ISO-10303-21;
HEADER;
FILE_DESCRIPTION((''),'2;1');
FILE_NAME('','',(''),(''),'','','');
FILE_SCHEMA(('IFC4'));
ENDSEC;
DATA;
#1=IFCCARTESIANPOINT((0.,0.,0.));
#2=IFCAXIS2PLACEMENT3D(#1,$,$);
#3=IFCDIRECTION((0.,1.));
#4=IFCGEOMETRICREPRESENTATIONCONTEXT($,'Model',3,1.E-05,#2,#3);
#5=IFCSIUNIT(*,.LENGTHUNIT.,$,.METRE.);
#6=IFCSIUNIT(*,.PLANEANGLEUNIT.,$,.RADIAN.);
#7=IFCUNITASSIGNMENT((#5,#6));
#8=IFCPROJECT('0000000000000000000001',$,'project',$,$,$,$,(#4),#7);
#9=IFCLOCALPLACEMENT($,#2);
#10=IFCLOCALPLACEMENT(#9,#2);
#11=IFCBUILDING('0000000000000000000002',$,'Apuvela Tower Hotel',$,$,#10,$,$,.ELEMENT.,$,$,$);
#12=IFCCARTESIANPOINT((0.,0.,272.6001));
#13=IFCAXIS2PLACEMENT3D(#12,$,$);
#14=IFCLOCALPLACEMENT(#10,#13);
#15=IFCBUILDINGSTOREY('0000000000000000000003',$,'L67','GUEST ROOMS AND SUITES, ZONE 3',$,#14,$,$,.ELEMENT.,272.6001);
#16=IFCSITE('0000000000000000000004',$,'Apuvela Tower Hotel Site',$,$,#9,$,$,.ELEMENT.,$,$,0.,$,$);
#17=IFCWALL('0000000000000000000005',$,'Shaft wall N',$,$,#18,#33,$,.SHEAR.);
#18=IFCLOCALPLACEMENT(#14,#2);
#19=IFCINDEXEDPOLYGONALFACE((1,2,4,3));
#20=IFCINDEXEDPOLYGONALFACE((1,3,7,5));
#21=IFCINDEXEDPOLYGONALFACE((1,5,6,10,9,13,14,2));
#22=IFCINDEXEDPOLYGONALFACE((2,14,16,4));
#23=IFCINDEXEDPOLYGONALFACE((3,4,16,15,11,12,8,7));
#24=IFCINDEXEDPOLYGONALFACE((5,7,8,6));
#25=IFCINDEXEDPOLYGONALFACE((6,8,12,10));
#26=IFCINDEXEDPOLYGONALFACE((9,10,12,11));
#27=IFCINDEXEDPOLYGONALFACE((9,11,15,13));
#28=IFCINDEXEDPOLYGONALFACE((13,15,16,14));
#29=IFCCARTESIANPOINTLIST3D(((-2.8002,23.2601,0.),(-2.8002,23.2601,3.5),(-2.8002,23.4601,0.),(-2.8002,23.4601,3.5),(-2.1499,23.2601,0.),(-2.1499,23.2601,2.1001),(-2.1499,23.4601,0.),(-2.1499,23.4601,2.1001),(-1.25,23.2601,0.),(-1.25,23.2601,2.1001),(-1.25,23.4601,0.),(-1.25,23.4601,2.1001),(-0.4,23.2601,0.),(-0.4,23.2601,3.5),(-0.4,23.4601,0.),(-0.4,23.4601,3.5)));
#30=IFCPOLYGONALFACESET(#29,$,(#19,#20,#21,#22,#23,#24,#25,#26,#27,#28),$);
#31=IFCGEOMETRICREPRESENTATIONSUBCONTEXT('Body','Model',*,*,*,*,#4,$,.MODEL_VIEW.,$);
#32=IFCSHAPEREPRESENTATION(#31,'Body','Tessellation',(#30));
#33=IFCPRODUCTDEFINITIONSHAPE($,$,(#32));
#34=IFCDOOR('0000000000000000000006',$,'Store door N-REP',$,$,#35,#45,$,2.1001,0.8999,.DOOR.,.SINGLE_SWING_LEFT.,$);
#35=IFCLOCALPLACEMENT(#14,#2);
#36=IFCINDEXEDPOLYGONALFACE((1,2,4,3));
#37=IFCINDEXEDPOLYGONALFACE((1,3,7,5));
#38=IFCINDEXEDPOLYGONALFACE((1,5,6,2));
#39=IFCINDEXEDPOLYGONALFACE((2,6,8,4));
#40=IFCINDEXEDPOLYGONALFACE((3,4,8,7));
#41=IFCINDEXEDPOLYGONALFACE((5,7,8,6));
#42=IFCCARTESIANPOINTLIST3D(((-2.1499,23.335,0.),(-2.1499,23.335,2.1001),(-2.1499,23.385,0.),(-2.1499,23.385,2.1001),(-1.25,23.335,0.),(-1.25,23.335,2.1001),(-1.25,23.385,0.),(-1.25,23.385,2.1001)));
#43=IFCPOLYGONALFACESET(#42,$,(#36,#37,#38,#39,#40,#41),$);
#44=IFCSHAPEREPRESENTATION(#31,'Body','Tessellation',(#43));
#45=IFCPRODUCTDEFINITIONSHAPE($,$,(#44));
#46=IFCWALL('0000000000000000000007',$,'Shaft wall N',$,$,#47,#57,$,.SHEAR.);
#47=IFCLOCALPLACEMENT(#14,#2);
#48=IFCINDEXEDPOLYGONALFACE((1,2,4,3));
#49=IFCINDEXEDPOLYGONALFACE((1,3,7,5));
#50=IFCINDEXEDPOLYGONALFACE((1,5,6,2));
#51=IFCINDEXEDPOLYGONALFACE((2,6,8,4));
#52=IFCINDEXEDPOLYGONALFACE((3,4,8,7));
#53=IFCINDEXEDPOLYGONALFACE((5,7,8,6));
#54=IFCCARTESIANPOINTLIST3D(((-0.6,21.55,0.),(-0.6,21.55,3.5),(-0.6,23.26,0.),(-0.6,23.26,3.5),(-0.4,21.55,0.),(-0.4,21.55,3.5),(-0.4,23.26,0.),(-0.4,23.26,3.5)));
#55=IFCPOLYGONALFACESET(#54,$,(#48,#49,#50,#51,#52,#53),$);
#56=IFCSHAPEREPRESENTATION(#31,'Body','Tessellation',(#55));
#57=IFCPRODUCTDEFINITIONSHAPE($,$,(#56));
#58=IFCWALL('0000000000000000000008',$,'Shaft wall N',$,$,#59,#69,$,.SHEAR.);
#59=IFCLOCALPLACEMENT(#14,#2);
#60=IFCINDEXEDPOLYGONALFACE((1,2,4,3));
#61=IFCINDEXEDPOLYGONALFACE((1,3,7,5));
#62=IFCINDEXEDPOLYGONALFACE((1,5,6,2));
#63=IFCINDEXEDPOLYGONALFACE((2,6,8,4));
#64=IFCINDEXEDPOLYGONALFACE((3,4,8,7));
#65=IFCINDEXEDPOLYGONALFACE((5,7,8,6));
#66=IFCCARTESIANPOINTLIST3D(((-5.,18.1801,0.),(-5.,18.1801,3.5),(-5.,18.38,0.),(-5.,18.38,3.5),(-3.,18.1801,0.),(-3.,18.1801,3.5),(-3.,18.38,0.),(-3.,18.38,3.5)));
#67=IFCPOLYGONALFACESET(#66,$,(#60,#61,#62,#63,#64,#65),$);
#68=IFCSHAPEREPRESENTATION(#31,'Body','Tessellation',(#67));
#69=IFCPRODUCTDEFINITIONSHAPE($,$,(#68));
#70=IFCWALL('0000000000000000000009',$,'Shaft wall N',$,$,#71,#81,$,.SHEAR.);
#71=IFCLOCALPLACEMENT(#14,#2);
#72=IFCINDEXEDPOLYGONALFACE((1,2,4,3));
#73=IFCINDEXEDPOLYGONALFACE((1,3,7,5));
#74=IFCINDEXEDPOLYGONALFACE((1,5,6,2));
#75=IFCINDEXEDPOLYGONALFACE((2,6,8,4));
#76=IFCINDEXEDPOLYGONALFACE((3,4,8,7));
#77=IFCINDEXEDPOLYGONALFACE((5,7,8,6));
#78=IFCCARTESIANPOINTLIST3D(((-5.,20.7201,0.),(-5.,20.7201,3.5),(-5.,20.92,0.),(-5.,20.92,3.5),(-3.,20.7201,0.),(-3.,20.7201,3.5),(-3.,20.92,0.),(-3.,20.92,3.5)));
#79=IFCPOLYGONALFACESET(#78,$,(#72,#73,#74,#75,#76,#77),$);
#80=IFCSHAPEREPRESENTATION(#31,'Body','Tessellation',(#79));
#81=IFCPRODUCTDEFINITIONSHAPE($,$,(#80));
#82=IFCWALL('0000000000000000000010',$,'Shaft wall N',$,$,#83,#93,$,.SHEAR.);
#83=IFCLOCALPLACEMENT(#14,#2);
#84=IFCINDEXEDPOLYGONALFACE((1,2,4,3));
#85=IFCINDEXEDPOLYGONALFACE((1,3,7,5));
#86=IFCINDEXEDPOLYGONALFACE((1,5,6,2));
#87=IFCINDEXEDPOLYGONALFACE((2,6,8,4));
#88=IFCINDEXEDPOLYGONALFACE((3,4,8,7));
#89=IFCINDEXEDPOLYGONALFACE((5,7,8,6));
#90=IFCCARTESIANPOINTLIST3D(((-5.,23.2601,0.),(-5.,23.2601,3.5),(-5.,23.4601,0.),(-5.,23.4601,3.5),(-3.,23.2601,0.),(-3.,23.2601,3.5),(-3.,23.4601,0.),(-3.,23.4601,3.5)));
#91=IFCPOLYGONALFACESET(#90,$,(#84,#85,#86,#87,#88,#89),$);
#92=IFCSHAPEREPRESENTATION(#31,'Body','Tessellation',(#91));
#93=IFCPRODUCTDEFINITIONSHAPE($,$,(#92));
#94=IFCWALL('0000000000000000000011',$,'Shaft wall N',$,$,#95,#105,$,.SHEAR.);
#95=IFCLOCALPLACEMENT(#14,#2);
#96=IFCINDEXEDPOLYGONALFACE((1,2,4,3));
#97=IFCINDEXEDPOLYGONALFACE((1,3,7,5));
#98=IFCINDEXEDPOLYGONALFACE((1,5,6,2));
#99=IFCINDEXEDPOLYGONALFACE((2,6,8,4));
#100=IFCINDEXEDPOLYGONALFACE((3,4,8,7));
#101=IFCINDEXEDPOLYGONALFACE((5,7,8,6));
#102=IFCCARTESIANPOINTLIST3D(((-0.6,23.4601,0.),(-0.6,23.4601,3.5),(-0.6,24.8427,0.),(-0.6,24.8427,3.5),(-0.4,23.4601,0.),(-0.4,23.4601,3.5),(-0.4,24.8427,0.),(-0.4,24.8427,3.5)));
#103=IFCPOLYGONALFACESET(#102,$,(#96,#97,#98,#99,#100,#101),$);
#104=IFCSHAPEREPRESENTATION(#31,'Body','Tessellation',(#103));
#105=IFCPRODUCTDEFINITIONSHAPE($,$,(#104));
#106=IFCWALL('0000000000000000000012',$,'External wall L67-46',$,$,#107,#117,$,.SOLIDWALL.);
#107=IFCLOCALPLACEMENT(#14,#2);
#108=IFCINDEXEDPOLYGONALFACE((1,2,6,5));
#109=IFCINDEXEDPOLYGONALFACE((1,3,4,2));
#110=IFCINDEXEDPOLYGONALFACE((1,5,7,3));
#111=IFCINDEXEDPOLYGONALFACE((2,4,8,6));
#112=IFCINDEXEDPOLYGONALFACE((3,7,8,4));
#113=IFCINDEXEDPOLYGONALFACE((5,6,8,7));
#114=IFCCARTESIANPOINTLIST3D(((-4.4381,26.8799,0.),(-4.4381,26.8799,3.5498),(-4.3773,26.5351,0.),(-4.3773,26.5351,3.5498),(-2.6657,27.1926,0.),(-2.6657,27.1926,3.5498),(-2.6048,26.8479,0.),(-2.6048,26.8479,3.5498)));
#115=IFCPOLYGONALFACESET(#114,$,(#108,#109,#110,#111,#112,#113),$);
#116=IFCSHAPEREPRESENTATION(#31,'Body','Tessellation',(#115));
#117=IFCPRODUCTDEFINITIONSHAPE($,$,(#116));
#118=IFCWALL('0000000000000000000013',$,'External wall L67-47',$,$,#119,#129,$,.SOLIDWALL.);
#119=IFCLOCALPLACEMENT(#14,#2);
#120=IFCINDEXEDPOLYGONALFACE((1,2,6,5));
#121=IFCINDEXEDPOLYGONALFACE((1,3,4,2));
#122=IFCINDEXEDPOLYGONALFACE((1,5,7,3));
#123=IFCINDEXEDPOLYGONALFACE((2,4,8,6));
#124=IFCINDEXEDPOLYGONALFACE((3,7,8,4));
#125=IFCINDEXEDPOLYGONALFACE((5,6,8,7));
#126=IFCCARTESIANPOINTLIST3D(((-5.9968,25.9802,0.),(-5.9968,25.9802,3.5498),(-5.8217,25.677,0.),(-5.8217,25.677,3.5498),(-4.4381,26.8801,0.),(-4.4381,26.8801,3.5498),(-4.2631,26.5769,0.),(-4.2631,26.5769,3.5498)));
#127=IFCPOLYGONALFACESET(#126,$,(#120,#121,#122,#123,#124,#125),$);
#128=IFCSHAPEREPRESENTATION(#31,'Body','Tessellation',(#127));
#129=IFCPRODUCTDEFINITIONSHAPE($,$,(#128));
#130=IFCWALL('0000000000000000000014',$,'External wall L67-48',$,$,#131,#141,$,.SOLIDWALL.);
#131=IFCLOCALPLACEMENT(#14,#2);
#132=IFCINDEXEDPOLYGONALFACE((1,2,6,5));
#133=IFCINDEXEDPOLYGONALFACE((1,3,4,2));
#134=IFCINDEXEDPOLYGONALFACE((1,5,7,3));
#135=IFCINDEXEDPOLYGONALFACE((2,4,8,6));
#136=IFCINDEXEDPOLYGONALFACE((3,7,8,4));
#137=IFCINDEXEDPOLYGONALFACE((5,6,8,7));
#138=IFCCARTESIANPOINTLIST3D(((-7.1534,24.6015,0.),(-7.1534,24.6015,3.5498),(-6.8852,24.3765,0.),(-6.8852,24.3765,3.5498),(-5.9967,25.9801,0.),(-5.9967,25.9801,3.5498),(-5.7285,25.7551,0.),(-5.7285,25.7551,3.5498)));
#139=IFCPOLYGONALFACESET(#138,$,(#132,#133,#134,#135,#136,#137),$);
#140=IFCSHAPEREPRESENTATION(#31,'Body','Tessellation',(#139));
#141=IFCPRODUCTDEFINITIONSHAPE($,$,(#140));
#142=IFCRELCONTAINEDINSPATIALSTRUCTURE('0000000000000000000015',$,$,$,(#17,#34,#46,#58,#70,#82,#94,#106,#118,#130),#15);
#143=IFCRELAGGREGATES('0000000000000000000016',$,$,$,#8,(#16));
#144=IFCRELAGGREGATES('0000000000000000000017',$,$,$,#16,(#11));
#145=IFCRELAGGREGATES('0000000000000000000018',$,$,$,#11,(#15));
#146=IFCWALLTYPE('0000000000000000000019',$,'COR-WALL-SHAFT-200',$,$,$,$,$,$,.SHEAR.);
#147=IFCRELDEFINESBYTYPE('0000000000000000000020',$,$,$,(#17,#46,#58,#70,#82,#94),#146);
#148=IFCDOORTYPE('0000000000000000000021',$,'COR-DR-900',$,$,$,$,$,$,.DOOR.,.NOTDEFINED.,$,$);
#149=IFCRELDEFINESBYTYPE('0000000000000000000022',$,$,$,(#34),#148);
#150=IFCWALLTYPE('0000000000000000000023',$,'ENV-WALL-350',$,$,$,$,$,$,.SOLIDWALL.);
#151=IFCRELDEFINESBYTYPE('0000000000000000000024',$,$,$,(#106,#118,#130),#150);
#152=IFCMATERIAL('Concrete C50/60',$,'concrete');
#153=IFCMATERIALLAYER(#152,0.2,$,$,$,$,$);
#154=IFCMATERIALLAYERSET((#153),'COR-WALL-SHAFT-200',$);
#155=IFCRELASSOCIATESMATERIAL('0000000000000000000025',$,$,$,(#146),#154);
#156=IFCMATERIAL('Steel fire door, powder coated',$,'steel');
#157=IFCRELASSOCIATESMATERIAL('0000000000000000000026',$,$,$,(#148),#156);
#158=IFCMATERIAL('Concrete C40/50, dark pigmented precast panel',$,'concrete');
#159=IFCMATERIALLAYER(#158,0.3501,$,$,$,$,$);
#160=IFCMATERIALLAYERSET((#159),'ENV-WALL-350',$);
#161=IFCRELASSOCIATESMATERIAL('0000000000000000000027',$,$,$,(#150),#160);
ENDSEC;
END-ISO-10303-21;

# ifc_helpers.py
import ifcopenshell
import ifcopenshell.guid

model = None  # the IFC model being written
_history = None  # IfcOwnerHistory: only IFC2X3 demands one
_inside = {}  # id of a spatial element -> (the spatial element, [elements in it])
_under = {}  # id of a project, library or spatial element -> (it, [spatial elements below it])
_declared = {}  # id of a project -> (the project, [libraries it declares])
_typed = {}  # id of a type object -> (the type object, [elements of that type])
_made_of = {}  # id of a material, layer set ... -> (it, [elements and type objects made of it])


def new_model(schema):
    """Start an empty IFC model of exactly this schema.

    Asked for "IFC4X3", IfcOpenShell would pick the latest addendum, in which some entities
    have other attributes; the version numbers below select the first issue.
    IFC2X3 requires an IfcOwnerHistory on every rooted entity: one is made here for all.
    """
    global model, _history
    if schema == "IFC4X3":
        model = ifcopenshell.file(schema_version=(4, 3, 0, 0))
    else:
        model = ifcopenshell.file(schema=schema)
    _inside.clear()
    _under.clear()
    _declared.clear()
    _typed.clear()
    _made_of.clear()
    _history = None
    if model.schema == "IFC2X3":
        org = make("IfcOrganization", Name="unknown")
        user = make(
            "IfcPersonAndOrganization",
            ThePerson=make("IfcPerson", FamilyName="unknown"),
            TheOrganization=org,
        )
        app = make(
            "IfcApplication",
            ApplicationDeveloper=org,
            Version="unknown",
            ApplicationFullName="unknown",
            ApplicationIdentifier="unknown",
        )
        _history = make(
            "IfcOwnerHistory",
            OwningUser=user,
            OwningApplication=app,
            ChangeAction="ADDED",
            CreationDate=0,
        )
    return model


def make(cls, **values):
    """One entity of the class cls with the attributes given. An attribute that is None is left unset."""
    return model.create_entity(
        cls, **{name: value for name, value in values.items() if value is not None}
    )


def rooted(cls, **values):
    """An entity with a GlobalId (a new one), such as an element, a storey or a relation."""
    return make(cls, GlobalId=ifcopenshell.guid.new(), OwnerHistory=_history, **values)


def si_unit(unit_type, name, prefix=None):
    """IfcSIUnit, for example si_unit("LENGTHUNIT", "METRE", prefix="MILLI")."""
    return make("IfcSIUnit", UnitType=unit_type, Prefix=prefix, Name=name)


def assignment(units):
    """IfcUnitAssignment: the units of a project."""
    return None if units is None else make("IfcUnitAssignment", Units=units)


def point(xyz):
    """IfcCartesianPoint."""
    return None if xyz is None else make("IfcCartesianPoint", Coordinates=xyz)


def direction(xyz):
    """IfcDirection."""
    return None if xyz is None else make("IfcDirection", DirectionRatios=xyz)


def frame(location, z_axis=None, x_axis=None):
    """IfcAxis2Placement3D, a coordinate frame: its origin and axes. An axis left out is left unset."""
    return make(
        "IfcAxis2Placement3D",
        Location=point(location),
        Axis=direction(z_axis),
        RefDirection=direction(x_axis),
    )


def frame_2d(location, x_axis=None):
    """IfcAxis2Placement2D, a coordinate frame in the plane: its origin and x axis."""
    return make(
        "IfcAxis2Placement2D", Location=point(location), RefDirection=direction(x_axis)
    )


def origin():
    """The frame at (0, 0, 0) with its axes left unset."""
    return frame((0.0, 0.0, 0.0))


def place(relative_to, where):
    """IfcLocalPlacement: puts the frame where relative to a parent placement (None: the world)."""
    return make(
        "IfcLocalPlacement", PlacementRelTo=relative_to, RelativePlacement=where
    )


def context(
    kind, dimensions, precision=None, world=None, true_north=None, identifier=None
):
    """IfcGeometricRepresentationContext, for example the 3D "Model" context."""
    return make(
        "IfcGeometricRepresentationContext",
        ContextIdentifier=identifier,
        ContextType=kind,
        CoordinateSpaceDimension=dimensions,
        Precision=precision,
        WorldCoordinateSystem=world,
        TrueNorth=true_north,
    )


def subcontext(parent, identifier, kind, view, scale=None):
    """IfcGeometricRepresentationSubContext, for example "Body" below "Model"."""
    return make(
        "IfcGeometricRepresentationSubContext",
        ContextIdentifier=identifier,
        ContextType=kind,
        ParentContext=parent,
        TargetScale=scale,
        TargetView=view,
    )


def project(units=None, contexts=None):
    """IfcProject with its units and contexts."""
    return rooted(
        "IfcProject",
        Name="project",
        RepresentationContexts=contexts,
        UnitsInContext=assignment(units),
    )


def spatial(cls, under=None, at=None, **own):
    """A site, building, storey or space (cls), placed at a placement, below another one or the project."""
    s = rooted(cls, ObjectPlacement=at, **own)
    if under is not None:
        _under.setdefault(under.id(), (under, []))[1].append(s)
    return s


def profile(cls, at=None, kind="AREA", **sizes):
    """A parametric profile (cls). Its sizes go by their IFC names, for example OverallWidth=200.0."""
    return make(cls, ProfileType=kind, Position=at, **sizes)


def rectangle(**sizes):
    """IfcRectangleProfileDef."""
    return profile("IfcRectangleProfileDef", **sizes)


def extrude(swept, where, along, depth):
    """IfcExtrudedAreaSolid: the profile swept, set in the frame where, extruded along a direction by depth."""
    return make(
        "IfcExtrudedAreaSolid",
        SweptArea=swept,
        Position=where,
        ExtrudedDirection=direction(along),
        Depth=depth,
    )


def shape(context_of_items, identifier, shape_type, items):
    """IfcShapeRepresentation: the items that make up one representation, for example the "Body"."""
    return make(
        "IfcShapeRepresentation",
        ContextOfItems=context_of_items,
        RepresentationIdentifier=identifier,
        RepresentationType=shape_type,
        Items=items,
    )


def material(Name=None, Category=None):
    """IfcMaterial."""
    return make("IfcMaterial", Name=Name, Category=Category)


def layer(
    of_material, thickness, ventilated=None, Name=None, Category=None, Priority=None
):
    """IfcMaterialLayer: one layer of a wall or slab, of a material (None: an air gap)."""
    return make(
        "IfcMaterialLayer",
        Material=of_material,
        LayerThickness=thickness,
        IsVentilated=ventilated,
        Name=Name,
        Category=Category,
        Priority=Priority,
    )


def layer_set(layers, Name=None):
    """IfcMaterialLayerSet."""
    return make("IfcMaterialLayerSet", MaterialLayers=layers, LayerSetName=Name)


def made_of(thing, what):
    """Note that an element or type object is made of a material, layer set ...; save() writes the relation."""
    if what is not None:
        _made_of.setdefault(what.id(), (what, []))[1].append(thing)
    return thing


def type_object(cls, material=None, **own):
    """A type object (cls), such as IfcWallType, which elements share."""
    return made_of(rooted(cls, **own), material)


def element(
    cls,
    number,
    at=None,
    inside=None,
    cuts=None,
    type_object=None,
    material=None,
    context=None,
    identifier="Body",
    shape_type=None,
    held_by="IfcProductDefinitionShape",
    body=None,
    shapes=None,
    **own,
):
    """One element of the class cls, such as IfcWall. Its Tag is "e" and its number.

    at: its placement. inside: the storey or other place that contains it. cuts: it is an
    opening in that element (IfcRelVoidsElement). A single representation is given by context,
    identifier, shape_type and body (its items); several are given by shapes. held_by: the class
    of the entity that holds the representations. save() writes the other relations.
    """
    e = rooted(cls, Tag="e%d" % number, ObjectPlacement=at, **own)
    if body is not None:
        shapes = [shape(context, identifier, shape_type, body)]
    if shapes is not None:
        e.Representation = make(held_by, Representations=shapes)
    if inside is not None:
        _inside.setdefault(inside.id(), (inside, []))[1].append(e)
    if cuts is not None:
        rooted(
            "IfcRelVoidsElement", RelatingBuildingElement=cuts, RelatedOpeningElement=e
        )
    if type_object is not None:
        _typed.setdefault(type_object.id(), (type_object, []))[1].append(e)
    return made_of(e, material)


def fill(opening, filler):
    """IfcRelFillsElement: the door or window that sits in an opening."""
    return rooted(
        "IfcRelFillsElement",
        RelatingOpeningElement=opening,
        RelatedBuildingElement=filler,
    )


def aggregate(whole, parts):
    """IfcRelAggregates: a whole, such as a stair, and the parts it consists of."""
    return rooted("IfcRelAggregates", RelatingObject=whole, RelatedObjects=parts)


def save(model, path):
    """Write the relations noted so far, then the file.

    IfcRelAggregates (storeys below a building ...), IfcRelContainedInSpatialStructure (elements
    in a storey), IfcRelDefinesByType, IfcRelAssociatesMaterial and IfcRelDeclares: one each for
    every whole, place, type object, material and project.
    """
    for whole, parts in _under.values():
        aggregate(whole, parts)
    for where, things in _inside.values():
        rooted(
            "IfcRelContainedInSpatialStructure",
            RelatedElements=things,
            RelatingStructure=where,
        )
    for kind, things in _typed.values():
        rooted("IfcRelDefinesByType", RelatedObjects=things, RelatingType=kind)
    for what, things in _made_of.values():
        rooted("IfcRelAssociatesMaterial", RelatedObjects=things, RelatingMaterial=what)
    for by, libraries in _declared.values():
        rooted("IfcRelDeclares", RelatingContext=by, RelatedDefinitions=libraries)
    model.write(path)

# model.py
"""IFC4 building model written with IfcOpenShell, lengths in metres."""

from ifc_helpers import new_model, si_unit, direction, frame, frame_2d, origin, place, context, subcontext, project, spatial, rectangle, extrude, material, layer, layer_set, type_object, element, fill, save


model = new_model("IFC4")

# Units and contexts
model_context = context("Model", 3, precision=1e-05, world=origin(), true_north=direction((0.0, 1.0)))
body_context = subcontext(model_context, "Body", "Model", "MODEL_VIEW")
ifc_project = project(units=[si_unit("LENGTHUNIT", "METRE"), si_unit("PLANEANGLEUNIT", "RADIAN")], contexts=[model_context])

# Site, building, storey
site_placement = place(None, origin())
site = spatial("IfcSite", under=ifc_project, at=site_placement, Name="Apuvela Tower Hotel Site", CompositionType="ELEMENT", RefElevation=0.0)
building_placement = place(site_placement, origin())
building = spatial("IfcBuilding", under=site, at=building_placement, Name="Apuvela Tower Hotel", CompositionType="ELEMENT")
storey_placement = place(building_placement, frame((0.0, 0.0, 272.6001)))
storey = spatial("IfcBuildingStorey", under=building, at=storey_placement, Name="L67", Description="GUEST ROOMS AND SUITES, ZONE 3", CompositionType="ELEMENT", Elevation=272.6001)

# Wall, opening, door
ifc_material_1 = material(Name="Concrete C50/60", Category="concrete")
ifc_layer_1 = layer(ifc_material_1, 0.2)
ifc_layer_set_1 = layer_set([ifc_layer_1], Name="COR-WALL-SHAFT-200")
wall_type_1 = type_object("IfcWallType", Name="COR-WALL-SHAFT-200", PredefinedType="SHEAR", material=ifc_layer_set_1)
wall_1_placement = place(storey_placement, frame((-0.3999, 23.3601, 0.0), z_axis=(0.0, 0.0, 1.0), x_axis=(-1.0, 0.0, 0.0)))
wall_1 = element("IfcWall", 1, at=wall_1_placement, inside=storey, type_object=wall_type_1, Name="Shaft wall N", PredefinedType="SHEAR", context=body_context, shape_type="SweptSolid", body=[
    extrude(rectangle(XDim=2.4001, YDim=0.2, at=frame_2d((1.2002, 0.0))), origin(), (0.0, 0.0, 1.0), 3.5),
])
opening_1_placement = place(wall_1_placement, frame((0.8501, 0.0, 0.0)))
opening_1 = element("IfcOpeningElement", 2, at=opening_1_placement, cuts=wall_1, PredefinedType="OPENING", context=body_context, shape_type="SweptSolid", body=[
    extrude(rectangle(XDim=0.8999, YDim=2.1001, at=frame_2d((0.45, 1.05))), frame((0.0, 0.1099, 0.0), z_axis=(0.0, -1.0, 0.0), x_axis=(1.0, 0.0, 0.0)), (0.0, 0.0, 1.0), 0.22),
])
ifc_material_2 = material(Name="Steel fire door, powder coated", Category="steel")
door_type_1 = type_object("IfcDoorType", Name="COR-DR-900", OperationType="NOTDEFINED", PredefinedType="DOOR", material=ifc_material_2)
door_1_placement = place(opening_1_placement, frame((0.8999, 0.0, 0.0), z_axis=(0.0, 0.0, 1.0), x_axis=(-1.0, 0.0, 0.0)))
door_1 = element("IfcDoor", 3, at=door_1_placement, inside=storey, type_object=door_type_1, Name="Store door N-REP", OperationType="SINGLE_SWING_LEFT", OverallHeight=2.1001, OverallWidth=0.8999, PredefinedType="DOOR", context=body_context, shape_type="SweptSolid", body=[
    extrude(rectangle(XDim=0.8999, YDim=2.1001, at=frame_2d((0.45, 1.05))), frame((0.0, 0.0249, 0.0), z_axis=(0.0, -1.0, 0.0), x_axis=(1.0, 0.0, 0.0)), (0.0, 0.0, 1.0), 0.05),
])
fill(opening_1, door_1)

# Walls
wall_2_placement = place(storey_placement, frame((-0.5, 21.55, 0.0), z_axis=(0.0, 0.0, 1.0), x_axis=(0.0, 1.0, 0.0)))
element("IfcWall", 4, at=wall_2_placement, inside=storey, type_object=wall_type_1, Name="Shaft wall N", PredefinedType="SHEAR", context=body_context, shape_type="SweptSolid", body=[
    extrude(rectangle(XDim=1.71, YDim=0.2, at=frame_2d((0.855, 0.0))), origin(), (0.0, 0.0, 1.0), 3.5),
])
for number, where, z_axis, x_axis, name in (
    (5, (-3.0, 18.28, 0.0), (0.0, 0.0, 1.0), (-1.0, 0.0, 0.0), "Shaft wall N"),
    (6, (-3.0, 20.8201, 0.0), (0.0, 0.0, 1.0), (-1.0, 0.0, 0.0), "Shaft wall N"),
    (7, (-3.0, 23.3601, 0.0), (0.0, 0.0, 1.0), (-1.0, 0.0, 0.0), "Shaft wall N"),
):
    element("IfcWall", number, at=place(storey_placement, frame(where, z_axis=z_axis, x_axis=x_axis)), inside=storey, type_object=wall_type_1, Name=name, PredefinedType="SHEAR", context=body_context, shape_type="SweptSolid", body=[
        extrude(rectangle(XDim=2.0, YDim=0.2, at=frame_2d((1.0, 0.0))), origin(), (0.0, 0.0, 1.0), 3.5),
    ])
wall_3_placement = place(storey_placement, frame((-0.5, 23.46, 0.0), z_axis=(0.0, 0.0, 1.0), x_axis=(0.0, 1.0, 0.0)))
element("IfcWall", 8, at=wall_3_placement, inside=storey, type_object=wall_type_1, Name="Shaft wall N", PredefinedType="SHEAR", context=body_context, shape_type="SweptSolid", body=[
    extrude(rectangle(XDim=1.3826, YDim=0.2, at=frame_2d((0.6914, 0.0))), origin(), (0.0, 0.0, 1.0), 3.5),
])

# Shared definitions
ifc_material_3 = material(Name="Concrete C40/50, dark pigmented precast panel", Category="concrete")
ifc_layer_2 = layer(ifc_material_3, 0.3501)
ifc_layer_set_2 = layer_set([ifc_layer_2], Name="ENV-WALL-350")
wall_type_2 = type_object("IfcWallType", Name="ENV-WALL-350", PredefinedType="SOLIDWALL", material=ifc_layer_set_2)

# Walls
for number, where, z_axis, x_axis, name in (
    (9, (-2.6353, 27.0203, 0.0), (0.0, 0.0, 1.0), (-0.984788, -0.173762, 0.0), "External wall L67-46"),
    (10, (-4.3506, 26.7285, 0.0), (0.0, 0.0, 1.0), (-0.866014, -0.50002, 0.0), "External wall L67-47"),
):
    element("IfcWall", number, at=place(storey_placement, frame(where, z_axis=z_axis, x_axis=x_axis)), inside=storey, type_object=wall_type_2, Name=name, PredefinedType="SOLIDWALL", context=body_context, shape_type="SweptSolid", body=[
        extrude(rectangle(XDim=1.7998, YDim=0.3501, at=frame_2d((0.8999, 0.0))), origin(), (0.0, 0.0, 1.0), 3.5498),
    ])
wall_4_placement = place(storey_placement, frame((-5.8625, 25.8677, 0.0), z_axis=(0.0, 0.0, 1.0), x_axis=(-0.642756, -0.766071, 0.0)))
element("IfcWall", 11, at=wall_4_placement, inside=storey, type_object=wall_type_2, Name="External wall L67-48", PredefinedType="SOLIDWALL", context=body_context, shape_type="SweptSolid", body=[
    extrude(rectangle(XDim=1.7996, YDim=0.3501, at=frame_2d((0.8999, 0.0))), origin(), (0.0, 0.0, 1.0), 3.5498),
])

save(model, "model.ifc")
